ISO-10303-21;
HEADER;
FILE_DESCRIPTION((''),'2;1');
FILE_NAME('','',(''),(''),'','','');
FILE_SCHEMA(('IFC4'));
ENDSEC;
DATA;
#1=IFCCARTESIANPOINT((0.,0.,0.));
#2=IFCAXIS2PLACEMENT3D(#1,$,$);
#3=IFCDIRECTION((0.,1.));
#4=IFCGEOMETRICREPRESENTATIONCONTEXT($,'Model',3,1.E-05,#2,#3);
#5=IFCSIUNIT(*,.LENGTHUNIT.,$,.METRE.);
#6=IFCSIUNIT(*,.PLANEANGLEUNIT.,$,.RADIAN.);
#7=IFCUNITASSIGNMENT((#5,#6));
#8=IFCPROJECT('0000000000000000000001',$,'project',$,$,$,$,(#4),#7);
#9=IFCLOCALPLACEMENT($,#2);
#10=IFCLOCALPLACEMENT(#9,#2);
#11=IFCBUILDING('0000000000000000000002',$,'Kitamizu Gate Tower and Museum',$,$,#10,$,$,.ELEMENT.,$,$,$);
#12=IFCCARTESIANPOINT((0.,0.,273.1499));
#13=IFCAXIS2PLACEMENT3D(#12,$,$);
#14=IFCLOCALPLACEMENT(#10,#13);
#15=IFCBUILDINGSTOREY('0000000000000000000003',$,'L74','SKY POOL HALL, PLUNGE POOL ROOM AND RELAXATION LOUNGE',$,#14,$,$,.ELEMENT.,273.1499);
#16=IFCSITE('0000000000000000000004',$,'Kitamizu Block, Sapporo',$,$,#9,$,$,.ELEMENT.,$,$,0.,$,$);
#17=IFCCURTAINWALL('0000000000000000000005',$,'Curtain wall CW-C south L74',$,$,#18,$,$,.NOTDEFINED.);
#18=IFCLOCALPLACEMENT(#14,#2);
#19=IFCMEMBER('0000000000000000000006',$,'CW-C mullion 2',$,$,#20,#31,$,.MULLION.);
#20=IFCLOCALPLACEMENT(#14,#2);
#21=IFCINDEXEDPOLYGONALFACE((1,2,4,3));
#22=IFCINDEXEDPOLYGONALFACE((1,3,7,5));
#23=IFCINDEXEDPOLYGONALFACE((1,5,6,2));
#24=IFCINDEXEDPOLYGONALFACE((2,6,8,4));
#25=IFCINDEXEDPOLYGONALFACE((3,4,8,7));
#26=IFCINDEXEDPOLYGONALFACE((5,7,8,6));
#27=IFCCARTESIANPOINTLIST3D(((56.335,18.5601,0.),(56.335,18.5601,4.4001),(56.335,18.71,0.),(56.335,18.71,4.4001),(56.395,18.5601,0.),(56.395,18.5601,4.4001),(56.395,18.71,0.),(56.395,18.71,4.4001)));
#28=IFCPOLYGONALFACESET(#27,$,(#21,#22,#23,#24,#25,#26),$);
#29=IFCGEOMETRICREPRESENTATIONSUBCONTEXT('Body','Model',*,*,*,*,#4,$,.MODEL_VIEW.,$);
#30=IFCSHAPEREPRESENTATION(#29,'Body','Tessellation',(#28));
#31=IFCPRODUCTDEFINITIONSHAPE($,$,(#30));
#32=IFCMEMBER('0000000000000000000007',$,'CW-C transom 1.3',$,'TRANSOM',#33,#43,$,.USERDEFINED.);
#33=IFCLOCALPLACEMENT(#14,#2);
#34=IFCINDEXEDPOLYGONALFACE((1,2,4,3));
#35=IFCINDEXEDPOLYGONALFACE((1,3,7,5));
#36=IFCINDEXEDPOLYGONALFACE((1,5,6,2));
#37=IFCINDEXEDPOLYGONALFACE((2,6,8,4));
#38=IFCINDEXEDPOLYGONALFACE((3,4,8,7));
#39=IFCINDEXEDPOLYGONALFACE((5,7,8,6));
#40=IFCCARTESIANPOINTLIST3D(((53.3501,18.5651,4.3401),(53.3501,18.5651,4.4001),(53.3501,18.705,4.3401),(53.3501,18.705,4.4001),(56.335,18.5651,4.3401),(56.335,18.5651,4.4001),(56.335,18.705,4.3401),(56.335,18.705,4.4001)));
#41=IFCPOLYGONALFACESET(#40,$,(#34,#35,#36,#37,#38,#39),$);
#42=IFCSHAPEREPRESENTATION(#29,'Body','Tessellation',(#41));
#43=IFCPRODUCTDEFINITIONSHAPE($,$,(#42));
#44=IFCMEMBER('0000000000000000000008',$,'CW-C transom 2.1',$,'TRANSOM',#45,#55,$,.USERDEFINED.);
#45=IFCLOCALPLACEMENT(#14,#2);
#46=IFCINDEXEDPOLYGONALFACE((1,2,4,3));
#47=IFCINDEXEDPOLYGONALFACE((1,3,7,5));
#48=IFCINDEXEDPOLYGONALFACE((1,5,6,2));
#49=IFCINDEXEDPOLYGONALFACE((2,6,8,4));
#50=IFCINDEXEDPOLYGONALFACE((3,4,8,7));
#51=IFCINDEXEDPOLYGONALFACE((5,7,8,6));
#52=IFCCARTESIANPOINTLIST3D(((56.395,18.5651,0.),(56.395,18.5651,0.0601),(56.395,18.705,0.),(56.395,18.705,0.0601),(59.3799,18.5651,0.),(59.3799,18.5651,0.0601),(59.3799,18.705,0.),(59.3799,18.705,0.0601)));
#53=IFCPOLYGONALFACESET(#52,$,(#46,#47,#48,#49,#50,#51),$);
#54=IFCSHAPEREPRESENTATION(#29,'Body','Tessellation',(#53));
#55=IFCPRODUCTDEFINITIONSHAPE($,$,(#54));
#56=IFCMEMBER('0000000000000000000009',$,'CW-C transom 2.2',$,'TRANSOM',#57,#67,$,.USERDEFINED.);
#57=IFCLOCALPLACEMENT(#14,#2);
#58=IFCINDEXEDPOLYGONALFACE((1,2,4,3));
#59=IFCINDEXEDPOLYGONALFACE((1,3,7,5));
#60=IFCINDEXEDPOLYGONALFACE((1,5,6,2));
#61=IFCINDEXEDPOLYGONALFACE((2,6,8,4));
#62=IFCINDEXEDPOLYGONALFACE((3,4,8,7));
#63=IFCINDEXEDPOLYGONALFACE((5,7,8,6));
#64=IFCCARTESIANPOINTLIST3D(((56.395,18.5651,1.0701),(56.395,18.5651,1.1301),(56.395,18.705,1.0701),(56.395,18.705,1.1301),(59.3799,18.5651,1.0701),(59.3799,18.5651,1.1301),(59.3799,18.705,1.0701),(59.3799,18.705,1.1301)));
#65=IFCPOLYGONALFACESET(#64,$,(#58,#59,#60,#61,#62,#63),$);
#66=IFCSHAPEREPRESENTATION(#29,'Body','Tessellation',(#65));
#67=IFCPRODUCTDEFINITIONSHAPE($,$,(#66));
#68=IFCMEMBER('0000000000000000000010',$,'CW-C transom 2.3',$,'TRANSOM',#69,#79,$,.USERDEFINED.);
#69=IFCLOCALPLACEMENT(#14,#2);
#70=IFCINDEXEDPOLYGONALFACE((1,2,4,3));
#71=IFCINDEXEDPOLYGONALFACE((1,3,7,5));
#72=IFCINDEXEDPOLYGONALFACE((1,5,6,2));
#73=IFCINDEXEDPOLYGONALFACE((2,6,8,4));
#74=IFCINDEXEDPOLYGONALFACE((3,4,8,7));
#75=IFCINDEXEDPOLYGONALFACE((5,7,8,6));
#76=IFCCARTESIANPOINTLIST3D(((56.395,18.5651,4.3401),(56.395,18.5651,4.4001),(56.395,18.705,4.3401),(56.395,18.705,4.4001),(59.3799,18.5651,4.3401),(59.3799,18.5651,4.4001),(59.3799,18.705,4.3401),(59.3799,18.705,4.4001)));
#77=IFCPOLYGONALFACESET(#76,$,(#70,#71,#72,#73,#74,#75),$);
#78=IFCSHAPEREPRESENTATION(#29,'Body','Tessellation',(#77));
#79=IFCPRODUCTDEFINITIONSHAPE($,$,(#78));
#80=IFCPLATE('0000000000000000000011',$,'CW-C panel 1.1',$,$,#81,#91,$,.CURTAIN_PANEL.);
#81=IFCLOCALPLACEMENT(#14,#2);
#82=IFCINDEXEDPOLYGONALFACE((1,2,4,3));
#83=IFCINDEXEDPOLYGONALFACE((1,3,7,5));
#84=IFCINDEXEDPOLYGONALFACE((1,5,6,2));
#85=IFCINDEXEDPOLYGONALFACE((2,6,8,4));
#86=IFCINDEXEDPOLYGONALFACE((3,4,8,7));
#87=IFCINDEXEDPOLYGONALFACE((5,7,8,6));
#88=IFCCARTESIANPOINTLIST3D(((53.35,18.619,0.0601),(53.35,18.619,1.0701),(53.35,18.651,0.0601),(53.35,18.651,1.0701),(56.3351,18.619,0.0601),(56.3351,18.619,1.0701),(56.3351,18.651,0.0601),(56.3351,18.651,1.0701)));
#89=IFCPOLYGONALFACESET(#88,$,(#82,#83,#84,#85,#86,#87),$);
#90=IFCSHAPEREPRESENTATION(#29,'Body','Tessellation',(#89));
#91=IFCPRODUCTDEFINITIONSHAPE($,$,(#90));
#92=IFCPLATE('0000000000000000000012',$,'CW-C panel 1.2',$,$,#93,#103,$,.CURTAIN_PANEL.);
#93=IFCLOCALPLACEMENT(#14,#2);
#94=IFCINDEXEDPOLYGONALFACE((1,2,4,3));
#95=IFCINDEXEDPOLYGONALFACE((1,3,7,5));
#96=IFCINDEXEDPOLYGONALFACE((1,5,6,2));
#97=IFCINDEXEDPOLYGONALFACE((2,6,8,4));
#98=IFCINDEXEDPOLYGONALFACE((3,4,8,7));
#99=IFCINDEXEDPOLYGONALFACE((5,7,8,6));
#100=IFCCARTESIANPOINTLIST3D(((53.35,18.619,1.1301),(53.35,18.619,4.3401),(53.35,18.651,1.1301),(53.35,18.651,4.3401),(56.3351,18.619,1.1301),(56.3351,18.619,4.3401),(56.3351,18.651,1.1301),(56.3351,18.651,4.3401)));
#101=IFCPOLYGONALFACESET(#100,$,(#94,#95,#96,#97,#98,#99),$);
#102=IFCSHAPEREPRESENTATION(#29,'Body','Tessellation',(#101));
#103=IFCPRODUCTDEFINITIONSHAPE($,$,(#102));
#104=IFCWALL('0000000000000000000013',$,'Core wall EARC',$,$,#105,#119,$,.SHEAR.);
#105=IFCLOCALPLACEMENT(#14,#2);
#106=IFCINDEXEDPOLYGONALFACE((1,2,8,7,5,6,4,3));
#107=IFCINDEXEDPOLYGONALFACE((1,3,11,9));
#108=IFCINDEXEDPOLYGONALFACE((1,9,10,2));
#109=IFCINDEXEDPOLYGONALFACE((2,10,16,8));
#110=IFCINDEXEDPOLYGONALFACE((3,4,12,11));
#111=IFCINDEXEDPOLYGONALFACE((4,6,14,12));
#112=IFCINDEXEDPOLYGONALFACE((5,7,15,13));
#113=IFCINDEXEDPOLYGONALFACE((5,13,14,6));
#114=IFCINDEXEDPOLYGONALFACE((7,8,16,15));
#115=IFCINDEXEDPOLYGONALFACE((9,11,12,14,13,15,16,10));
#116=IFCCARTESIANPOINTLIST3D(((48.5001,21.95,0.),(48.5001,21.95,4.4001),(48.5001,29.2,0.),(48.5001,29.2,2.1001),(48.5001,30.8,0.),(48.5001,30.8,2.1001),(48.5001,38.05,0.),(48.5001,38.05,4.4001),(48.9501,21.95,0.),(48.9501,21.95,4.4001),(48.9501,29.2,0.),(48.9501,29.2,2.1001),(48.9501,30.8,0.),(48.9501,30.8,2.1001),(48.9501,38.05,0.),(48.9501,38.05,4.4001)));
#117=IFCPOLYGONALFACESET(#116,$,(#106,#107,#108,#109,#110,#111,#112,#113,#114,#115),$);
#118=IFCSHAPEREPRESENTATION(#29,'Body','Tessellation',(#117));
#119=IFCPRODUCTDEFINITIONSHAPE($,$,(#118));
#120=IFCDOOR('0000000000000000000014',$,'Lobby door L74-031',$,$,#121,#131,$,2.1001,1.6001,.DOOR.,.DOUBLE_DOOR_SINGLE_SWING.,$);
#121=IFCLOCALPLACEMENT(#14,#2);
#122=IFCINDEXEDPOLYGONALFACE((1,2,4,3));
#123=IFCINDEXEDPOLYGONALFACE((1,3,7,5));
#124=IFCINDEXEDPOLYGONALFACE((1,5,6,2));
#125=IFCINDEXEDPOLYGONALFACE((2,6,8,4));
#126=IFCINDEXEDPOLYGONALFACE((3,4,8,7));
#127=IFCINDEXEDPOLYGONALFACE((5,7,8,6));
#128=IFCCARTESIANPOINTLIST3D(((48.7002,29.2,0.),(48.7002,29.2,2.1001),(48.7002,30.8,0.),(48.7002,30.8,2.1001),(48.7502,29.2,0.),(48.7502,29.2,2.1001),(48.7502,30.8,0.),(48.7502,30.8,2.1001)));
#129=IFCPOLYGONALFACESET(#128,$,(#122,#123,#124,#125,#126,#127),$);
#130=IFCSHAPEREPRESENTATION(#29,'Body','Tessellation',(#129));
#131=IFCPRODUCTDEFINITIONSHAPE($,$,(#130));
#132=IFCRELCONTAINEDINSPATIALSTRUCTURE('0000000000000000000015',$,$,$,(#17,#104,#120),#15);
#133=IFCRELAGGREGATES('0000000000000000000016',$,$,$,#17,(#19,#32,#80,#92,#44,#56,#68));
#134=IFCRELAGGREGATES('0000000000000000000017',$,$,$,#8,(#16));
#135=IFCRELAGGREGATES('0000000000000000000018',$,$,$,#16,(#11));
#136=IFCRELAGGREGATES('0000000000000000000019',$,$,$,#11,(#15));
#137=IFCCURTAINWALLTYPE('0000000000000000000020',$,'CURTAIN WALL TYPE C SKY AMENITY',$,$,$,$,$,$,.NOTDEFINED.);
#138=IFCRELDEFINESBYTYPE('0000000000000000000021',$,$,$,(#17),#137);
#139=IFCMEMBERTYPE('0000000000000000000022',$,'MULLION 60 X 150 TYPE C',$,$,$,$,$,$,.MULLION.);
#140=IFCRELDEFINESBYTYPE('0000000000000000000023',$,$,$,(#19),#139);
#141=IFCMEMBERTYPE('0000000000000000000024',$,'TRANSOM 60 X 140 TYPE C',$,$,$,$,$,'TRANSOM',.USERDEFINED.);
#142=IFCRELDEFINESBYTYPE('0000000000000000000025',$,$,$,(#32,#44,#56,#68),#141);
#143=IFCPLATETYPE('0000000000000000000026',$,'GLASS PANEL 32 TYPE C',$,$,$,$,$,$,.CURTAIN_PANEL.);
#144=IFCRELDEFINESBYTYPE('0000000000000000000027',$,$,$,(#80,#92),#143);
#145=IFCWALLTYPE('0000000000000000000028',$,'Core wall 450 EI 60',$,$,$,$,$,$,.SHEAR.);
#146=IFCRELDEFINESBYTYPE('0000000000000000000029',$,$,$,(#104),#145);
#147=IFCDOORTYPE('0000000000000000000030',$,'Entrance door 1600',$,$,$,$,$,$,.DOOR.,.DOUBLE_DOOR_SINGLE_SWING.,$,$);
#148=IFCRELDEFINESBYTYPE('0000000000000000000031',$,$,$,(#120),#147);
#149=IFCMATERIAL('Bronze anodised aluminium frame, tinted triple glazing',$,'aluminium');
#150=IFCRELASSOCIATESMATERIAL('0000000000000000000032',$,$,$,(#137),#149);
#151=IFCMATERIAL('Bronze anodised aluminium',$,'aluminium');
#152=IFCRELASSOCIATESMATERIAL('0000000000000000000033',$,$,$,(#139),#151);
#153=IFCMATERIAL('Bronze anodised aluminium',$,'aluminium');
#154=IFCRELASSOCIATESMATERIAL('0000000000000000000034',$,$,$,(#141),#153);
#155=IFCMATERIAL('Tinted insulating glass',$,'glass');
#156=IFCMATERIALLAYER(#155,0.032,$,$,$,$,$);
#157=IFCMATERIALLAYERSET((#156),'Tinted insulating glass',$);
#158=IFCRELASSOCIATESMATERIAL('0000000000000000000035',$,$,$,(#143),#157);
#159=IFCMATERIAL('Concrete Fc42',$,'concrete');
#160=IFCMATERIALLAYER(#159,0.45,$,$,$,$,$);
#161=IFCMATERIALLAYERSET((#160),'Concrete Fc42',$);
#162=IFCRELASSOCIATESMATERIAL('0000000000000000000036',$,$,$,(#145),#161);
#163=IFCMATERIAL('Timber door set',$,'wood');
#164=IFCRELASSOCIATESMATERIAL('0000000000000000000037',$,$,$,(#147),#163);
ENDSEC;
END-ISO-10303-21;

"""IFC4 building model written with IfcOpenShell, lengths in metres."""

from ifc_helpers import new_model, si_unit, direction, frame, frame_2d, origin, origin_2d, place, context, subcontext, project, spatial, rectangle, extrude, material, layer, layer_set, material_profile, profile_set, type_object, element, fill, aggregate, save


model = new_model("IFC4")

# Units and contexts
model_context = context("Model", 3, precision=1e-05, world=origin(), true_north=direction((0.0, 1.0)))
body_context = subcontext(model_context, "Body", "Model", "MODEL_VIEW")
ifc_project = project(units=[si_unit("LENGTHUNIT", "METRE"), si_unit("PLANEANGLEUNIT", "RADIAN")], contexts=[model_context])

# Site, building, storey
site_placement = place(None, origin())
site = spatial("IfcSite", under=ifc_project, at=site_placement, Name="Kitamizu Block, Sapporo", CompositionType="ELEMENT", RefElevation=0.0)
building_placement = place(site_placement, origin())
building = spatial("IfcBuilding", under=site, at=building_placement, Name="Kitamizu Gate Tower and Museum", CompositionType="ELEMENT")
storey_placement = place(building_placement, frame((0.0, 0.0, 273.1499)))
storey = spatial("IfcBuildingStorey", under=building, at=storey_placement, Name="L74", Description="SKY POOL HALL, PLUNGE POOL ROOM AND RELAXATION LOUNGE", CompositionType="ELEMENT", Elevation=273.1499)

# Curtain wall, members, plates
ifc_material_1 = material(Name="Bronze anodised aluminium frame, tinted triple glazing", Category="aluminium")
curtain_wall_type = type_object("IfcCurtainWallType", Name="CURTAIN WALL TYPE C SKY AMENITY", PredefinedType="NOTDEFINED", material=ifc_material_1)
curtain_wall_placement = place(storey_placement, origin())
curtain_wall = element("IfcCurtainWall", 1, at=curtain_wall_placement, inside=storey, type_object=curtain_wall_type, Name="Curtain wall CW-C south L74", PredefinedType="NOTDEFINED")
ifc_material_2 = material(Name="Bronze anodised aluminium", Category="aluminium")
ifc_material_profile_1 = material_profile(ifc_material_2, rectangle(XDim=0.0601, YDim=0.1499, at=origin_2d()), Name="AL 60X150")
ifc_profile_set_1 = profile_set([ifc_material_profile_1], Name="Bronze anodised aluminium")
member_type_1 = type_object("IfcMemberType", Name="MULLION 60 X 150 TYPE C", PredefinedType="MULLION", material=ifc_profile_set_1)
member_1_placement = place(storey_placement, frame((56.365, 18.635, 0.0), z_axis=(0.0, 0.0, 1.0), x_axis=(1.0, 0.0, 0.0)))
member_1 = element("IfcMember", 2, at=member_1_placement, type_object=member_type_1, Name="CW-C mullion 2", PredefinedType="MULLION", context=body_context, shape_type="SweptSolid", body=[
    extrude(rectangle(XDim=0.0601, YDim=0.1499, at=origin_2d()), origin(), (0.0, 0.0, 1.0), 4.4001),
])
ifc_material_3 = material(Name="Bronze anodised aluminium", Category="aluminium")
ifc_material_profile_2 = material_profile(ifc_material_3, rectangle(XDim=0.1399, YDim=0.0601, at=origin_2d()), Name="AL 60X140")
ifc_profile_set_2 = profile_set([ifc_material_profile_2], Name="Bronze anodised aluminium")
member_type_2 = type_object("IfcMemberType", Name="TRANSOM 60 X 140 TYPE C", ElementType="TRANSOM", PredefinedType="USERDEFINED", material=ifc_profile_set_2)
member_2_placement = place(storey_placement, frame((53.3501, 18.635, 4.3701), z_axis=(1.0, 0.0, 0.0), x_axis=(0.0, 1.0, 0.0)))
member_2 = element("IfcMember", 3, at=member_2_placement, type_object=member_type_2, Name="CW-C transom 1.3", ObjectType="TRANSOM", PredefinedType="USERDEFINED", context=body_context, shape_type="SweptSolid", body=[
    extrude(rectangle(XDim=0.1399, YDim=0.0601, at=origin_2d()), origin(), (0.0, 0.0, 1.0), 2.9849),
])
member_3_placement = place(storey_placement, frame((56.395, 18.635, 0.03), z_axis=(1.0, 0.0, 0.0), x_axis=(0.0, 1.0, 0.0)))
member_3 = element("IfcMember", 4, at=member_3_placement, type_object=member_type_2, Name="CW-C transom 2.1", ObjectType="TRANSOM", PredefinedType="USERDEFINED", context=body_context, shape_type="SweptSolid", body=[
    extrude(rectangle(XDim=0.1399, YDim=0.0601, at=origin_2d()), origin(), (0.0, 0.0, 1.0), 2.9849),
])
member_4_placement = place(storey_placement, frame((56.395, 18.635, 1.1001), z_axis=(1.0, 0.0, 0.0), x_axis=(0.0, 1.0, 0.0)))
member_4 = element("IfcMember", 5, at=member_4_placement, type_object=member_type_2, Name="CW-C transom 2.2", ObjectType="TRANSOM", PredefinedType="USERDEFINED", context=body_context, shape_type="SweptSolid", body=[
    extrude(rectangle(XDim=0.1399, YDim=0.0601, at=origin_2d()), origin(), (0.0, 0.0, 1.0), 2.9849),
])
member_5_placement = place(storey_placement, frame((56.395, 18.635, 4.3701), z_axis=(1.0, 0.0, 0.0), x_axis=(0.0, 1.0, 0.0)))
member_5 = element("IfcMember", 6, at=member_5_placement, type_object=member_type_2, Name="CW-C transom 2.3", ObjectType="TRANSOM", PredefinedType="USERDEFINED", context=body_context, shape_type="SweptSolid", body=[
    extrude(rectangle(XDim=0.1399, YDim=0.0601, at=origin_2d()), origin(), (0.0, 0.0, 1.0), 2.9849),
])
ifc_material_4 = material(Name="Tinted insulating glass", Category="glass")
ifc_layer_1 = layer(ifc_material_4, 0.032)
ifc_layer_set_1 = layer_set([ifc_layer_1], Name="Tinted insulating glass")
plate_type = type_object("IfcPlateType", Name="GLASS PANEL 32 TYPE C", PredefinedType="CURTAIN_PANEL", material=ifc_layer_set_1)
plate_1_placement = place(storey_placement, frame((54.8425, 18.635, 0.0601), z_axis=(0.0, 0.0, 1.0), x_axis=(1.0, 0.0, 0.0)))
plate_1 = element("IfcPlate", 7, at=plate_1_placement, type_object=plate_type, Name="CW-C panel 1.1", PredefinedType="CURTAIN_PANEL", context=body_context, shape_type="SweptSolid", body=[
    extrude(rectangle(XDim=2.9851, YDim=0.032, at=origin_2d()), origin(), (0.0, 0.0, 1.0), 1.01),
])
plate_2_placement = place(storey_placement, frame((54.8425, 18.635, 1.1301), z_axis=(0.0, 0.0, 1.0), x_axis=(1.0, 0.0, 0.0)))
plate_2 = element("IfcPlate", 8, at=plate_2_placement, type_object=plate_type, Name="CW-C panel 1.2", PredefinedType="CURTAIN_PANEL", context=body_context, shape_type="SweptSolid", body=[
    extrude(rectangle(XDim=2.9851, YDim=0.032, at=origin_2d()), origin(), (0.0, 0.0, 1.0), 3.21),
])
aggregate(curtain_wall, [member_1, member_2, plate_1, plate_2, member_3, member_4, member_5])

# Wall, opening, door
ifc_material_5 = material(Name="Concrete Fc42", Category="concrete")
ifc_layer_2 = layer(ifc_material_5, 0.45)
ifc_layer_set_2 = layer_set([ifc_layer_2], Name="Concrete Fc42")
wall_type_1 = type_object("IfcWallType", Name="Core wall 450 EI 60", PredefinedType="SHEAR", material=ifc_layer_set_2)
wall_1_placement = place(storey_placement, frame((48.7251, 21.95, 0.0), z_axis=(0.0, 0.0, 1.0), x_axis=(0.0, 1.0, 0.0)))
wall_1 = element("IfcWall", 9, at=wall_1_placement, inside=storey, type_object=wall_type_1, Name="Core wall EARC", PredefinedType="SHEAR", context=body_context, shape_type="SweptSolid", body=[
    extrude(rectangle(XDim=16.1001, YDim=0.45, at=frame_2d((8.05, 0.0))), origin(), (0.0, 0.0, 1.0), 4.4001),
])
opening_1_placement = place(wall_1_placement, frame((7.25, 0.0, 0.0)))
opening_1 = element("IfcOpeningElement", 10, at=opening_1_placement, cuts=wall_1, PredefinedType="OPENING", context=body_context, shape_type="SweptSolid", body=[
    extrude(rectangle(XDim=1.6001, YDim=2.1001, at=frame_2d((0.8, 1.05))), frame((0.0, 0.2349, 0.0), z_axis=(0.0, -1.0, 0.0), x_axis=(1.0, 0.0, 0.0)), (0.0, 0.0, 1.0), 0.47),
])
ifc_material_6 = material(Name="Timber door set", Category="wood")
door_type_1 = type_object("IfcDoorType", Name="Entrance door 1600", OperationType="DOUBLE_DOOR_SINGLE_SWING", PredefinedType="DOOR", material=ifc_material_6)
door_1_placement = place(opening_1_placement, origin())
door_1 = element("IfcDoor", 11, at=door_1_placement, inside=storey, type_object=door_type_1, Name="Lobby door L74-031", OperationType="DOUBLE_DOOR_SINGLE_SWING", OverallHeight=2.1001, OverallWidth=1.6001, PredefinedType="DOOR", context=body_context, shape_type="SweptSolid", body=[
    extrude(rectangle(XDim=1.6001, YDim=2.1001, at=frame_2d((0.8, 1.05))), frame((0.0, 0.0249, 0.0), z_axis=(0.0, -1.0, 0.0), x_axis=(1.0, 0.0, 0.0)), (0.0, 0.0, 1.0), 0.05),
])
fill(opening_1, door_1)

save(model, "model.ifc")
